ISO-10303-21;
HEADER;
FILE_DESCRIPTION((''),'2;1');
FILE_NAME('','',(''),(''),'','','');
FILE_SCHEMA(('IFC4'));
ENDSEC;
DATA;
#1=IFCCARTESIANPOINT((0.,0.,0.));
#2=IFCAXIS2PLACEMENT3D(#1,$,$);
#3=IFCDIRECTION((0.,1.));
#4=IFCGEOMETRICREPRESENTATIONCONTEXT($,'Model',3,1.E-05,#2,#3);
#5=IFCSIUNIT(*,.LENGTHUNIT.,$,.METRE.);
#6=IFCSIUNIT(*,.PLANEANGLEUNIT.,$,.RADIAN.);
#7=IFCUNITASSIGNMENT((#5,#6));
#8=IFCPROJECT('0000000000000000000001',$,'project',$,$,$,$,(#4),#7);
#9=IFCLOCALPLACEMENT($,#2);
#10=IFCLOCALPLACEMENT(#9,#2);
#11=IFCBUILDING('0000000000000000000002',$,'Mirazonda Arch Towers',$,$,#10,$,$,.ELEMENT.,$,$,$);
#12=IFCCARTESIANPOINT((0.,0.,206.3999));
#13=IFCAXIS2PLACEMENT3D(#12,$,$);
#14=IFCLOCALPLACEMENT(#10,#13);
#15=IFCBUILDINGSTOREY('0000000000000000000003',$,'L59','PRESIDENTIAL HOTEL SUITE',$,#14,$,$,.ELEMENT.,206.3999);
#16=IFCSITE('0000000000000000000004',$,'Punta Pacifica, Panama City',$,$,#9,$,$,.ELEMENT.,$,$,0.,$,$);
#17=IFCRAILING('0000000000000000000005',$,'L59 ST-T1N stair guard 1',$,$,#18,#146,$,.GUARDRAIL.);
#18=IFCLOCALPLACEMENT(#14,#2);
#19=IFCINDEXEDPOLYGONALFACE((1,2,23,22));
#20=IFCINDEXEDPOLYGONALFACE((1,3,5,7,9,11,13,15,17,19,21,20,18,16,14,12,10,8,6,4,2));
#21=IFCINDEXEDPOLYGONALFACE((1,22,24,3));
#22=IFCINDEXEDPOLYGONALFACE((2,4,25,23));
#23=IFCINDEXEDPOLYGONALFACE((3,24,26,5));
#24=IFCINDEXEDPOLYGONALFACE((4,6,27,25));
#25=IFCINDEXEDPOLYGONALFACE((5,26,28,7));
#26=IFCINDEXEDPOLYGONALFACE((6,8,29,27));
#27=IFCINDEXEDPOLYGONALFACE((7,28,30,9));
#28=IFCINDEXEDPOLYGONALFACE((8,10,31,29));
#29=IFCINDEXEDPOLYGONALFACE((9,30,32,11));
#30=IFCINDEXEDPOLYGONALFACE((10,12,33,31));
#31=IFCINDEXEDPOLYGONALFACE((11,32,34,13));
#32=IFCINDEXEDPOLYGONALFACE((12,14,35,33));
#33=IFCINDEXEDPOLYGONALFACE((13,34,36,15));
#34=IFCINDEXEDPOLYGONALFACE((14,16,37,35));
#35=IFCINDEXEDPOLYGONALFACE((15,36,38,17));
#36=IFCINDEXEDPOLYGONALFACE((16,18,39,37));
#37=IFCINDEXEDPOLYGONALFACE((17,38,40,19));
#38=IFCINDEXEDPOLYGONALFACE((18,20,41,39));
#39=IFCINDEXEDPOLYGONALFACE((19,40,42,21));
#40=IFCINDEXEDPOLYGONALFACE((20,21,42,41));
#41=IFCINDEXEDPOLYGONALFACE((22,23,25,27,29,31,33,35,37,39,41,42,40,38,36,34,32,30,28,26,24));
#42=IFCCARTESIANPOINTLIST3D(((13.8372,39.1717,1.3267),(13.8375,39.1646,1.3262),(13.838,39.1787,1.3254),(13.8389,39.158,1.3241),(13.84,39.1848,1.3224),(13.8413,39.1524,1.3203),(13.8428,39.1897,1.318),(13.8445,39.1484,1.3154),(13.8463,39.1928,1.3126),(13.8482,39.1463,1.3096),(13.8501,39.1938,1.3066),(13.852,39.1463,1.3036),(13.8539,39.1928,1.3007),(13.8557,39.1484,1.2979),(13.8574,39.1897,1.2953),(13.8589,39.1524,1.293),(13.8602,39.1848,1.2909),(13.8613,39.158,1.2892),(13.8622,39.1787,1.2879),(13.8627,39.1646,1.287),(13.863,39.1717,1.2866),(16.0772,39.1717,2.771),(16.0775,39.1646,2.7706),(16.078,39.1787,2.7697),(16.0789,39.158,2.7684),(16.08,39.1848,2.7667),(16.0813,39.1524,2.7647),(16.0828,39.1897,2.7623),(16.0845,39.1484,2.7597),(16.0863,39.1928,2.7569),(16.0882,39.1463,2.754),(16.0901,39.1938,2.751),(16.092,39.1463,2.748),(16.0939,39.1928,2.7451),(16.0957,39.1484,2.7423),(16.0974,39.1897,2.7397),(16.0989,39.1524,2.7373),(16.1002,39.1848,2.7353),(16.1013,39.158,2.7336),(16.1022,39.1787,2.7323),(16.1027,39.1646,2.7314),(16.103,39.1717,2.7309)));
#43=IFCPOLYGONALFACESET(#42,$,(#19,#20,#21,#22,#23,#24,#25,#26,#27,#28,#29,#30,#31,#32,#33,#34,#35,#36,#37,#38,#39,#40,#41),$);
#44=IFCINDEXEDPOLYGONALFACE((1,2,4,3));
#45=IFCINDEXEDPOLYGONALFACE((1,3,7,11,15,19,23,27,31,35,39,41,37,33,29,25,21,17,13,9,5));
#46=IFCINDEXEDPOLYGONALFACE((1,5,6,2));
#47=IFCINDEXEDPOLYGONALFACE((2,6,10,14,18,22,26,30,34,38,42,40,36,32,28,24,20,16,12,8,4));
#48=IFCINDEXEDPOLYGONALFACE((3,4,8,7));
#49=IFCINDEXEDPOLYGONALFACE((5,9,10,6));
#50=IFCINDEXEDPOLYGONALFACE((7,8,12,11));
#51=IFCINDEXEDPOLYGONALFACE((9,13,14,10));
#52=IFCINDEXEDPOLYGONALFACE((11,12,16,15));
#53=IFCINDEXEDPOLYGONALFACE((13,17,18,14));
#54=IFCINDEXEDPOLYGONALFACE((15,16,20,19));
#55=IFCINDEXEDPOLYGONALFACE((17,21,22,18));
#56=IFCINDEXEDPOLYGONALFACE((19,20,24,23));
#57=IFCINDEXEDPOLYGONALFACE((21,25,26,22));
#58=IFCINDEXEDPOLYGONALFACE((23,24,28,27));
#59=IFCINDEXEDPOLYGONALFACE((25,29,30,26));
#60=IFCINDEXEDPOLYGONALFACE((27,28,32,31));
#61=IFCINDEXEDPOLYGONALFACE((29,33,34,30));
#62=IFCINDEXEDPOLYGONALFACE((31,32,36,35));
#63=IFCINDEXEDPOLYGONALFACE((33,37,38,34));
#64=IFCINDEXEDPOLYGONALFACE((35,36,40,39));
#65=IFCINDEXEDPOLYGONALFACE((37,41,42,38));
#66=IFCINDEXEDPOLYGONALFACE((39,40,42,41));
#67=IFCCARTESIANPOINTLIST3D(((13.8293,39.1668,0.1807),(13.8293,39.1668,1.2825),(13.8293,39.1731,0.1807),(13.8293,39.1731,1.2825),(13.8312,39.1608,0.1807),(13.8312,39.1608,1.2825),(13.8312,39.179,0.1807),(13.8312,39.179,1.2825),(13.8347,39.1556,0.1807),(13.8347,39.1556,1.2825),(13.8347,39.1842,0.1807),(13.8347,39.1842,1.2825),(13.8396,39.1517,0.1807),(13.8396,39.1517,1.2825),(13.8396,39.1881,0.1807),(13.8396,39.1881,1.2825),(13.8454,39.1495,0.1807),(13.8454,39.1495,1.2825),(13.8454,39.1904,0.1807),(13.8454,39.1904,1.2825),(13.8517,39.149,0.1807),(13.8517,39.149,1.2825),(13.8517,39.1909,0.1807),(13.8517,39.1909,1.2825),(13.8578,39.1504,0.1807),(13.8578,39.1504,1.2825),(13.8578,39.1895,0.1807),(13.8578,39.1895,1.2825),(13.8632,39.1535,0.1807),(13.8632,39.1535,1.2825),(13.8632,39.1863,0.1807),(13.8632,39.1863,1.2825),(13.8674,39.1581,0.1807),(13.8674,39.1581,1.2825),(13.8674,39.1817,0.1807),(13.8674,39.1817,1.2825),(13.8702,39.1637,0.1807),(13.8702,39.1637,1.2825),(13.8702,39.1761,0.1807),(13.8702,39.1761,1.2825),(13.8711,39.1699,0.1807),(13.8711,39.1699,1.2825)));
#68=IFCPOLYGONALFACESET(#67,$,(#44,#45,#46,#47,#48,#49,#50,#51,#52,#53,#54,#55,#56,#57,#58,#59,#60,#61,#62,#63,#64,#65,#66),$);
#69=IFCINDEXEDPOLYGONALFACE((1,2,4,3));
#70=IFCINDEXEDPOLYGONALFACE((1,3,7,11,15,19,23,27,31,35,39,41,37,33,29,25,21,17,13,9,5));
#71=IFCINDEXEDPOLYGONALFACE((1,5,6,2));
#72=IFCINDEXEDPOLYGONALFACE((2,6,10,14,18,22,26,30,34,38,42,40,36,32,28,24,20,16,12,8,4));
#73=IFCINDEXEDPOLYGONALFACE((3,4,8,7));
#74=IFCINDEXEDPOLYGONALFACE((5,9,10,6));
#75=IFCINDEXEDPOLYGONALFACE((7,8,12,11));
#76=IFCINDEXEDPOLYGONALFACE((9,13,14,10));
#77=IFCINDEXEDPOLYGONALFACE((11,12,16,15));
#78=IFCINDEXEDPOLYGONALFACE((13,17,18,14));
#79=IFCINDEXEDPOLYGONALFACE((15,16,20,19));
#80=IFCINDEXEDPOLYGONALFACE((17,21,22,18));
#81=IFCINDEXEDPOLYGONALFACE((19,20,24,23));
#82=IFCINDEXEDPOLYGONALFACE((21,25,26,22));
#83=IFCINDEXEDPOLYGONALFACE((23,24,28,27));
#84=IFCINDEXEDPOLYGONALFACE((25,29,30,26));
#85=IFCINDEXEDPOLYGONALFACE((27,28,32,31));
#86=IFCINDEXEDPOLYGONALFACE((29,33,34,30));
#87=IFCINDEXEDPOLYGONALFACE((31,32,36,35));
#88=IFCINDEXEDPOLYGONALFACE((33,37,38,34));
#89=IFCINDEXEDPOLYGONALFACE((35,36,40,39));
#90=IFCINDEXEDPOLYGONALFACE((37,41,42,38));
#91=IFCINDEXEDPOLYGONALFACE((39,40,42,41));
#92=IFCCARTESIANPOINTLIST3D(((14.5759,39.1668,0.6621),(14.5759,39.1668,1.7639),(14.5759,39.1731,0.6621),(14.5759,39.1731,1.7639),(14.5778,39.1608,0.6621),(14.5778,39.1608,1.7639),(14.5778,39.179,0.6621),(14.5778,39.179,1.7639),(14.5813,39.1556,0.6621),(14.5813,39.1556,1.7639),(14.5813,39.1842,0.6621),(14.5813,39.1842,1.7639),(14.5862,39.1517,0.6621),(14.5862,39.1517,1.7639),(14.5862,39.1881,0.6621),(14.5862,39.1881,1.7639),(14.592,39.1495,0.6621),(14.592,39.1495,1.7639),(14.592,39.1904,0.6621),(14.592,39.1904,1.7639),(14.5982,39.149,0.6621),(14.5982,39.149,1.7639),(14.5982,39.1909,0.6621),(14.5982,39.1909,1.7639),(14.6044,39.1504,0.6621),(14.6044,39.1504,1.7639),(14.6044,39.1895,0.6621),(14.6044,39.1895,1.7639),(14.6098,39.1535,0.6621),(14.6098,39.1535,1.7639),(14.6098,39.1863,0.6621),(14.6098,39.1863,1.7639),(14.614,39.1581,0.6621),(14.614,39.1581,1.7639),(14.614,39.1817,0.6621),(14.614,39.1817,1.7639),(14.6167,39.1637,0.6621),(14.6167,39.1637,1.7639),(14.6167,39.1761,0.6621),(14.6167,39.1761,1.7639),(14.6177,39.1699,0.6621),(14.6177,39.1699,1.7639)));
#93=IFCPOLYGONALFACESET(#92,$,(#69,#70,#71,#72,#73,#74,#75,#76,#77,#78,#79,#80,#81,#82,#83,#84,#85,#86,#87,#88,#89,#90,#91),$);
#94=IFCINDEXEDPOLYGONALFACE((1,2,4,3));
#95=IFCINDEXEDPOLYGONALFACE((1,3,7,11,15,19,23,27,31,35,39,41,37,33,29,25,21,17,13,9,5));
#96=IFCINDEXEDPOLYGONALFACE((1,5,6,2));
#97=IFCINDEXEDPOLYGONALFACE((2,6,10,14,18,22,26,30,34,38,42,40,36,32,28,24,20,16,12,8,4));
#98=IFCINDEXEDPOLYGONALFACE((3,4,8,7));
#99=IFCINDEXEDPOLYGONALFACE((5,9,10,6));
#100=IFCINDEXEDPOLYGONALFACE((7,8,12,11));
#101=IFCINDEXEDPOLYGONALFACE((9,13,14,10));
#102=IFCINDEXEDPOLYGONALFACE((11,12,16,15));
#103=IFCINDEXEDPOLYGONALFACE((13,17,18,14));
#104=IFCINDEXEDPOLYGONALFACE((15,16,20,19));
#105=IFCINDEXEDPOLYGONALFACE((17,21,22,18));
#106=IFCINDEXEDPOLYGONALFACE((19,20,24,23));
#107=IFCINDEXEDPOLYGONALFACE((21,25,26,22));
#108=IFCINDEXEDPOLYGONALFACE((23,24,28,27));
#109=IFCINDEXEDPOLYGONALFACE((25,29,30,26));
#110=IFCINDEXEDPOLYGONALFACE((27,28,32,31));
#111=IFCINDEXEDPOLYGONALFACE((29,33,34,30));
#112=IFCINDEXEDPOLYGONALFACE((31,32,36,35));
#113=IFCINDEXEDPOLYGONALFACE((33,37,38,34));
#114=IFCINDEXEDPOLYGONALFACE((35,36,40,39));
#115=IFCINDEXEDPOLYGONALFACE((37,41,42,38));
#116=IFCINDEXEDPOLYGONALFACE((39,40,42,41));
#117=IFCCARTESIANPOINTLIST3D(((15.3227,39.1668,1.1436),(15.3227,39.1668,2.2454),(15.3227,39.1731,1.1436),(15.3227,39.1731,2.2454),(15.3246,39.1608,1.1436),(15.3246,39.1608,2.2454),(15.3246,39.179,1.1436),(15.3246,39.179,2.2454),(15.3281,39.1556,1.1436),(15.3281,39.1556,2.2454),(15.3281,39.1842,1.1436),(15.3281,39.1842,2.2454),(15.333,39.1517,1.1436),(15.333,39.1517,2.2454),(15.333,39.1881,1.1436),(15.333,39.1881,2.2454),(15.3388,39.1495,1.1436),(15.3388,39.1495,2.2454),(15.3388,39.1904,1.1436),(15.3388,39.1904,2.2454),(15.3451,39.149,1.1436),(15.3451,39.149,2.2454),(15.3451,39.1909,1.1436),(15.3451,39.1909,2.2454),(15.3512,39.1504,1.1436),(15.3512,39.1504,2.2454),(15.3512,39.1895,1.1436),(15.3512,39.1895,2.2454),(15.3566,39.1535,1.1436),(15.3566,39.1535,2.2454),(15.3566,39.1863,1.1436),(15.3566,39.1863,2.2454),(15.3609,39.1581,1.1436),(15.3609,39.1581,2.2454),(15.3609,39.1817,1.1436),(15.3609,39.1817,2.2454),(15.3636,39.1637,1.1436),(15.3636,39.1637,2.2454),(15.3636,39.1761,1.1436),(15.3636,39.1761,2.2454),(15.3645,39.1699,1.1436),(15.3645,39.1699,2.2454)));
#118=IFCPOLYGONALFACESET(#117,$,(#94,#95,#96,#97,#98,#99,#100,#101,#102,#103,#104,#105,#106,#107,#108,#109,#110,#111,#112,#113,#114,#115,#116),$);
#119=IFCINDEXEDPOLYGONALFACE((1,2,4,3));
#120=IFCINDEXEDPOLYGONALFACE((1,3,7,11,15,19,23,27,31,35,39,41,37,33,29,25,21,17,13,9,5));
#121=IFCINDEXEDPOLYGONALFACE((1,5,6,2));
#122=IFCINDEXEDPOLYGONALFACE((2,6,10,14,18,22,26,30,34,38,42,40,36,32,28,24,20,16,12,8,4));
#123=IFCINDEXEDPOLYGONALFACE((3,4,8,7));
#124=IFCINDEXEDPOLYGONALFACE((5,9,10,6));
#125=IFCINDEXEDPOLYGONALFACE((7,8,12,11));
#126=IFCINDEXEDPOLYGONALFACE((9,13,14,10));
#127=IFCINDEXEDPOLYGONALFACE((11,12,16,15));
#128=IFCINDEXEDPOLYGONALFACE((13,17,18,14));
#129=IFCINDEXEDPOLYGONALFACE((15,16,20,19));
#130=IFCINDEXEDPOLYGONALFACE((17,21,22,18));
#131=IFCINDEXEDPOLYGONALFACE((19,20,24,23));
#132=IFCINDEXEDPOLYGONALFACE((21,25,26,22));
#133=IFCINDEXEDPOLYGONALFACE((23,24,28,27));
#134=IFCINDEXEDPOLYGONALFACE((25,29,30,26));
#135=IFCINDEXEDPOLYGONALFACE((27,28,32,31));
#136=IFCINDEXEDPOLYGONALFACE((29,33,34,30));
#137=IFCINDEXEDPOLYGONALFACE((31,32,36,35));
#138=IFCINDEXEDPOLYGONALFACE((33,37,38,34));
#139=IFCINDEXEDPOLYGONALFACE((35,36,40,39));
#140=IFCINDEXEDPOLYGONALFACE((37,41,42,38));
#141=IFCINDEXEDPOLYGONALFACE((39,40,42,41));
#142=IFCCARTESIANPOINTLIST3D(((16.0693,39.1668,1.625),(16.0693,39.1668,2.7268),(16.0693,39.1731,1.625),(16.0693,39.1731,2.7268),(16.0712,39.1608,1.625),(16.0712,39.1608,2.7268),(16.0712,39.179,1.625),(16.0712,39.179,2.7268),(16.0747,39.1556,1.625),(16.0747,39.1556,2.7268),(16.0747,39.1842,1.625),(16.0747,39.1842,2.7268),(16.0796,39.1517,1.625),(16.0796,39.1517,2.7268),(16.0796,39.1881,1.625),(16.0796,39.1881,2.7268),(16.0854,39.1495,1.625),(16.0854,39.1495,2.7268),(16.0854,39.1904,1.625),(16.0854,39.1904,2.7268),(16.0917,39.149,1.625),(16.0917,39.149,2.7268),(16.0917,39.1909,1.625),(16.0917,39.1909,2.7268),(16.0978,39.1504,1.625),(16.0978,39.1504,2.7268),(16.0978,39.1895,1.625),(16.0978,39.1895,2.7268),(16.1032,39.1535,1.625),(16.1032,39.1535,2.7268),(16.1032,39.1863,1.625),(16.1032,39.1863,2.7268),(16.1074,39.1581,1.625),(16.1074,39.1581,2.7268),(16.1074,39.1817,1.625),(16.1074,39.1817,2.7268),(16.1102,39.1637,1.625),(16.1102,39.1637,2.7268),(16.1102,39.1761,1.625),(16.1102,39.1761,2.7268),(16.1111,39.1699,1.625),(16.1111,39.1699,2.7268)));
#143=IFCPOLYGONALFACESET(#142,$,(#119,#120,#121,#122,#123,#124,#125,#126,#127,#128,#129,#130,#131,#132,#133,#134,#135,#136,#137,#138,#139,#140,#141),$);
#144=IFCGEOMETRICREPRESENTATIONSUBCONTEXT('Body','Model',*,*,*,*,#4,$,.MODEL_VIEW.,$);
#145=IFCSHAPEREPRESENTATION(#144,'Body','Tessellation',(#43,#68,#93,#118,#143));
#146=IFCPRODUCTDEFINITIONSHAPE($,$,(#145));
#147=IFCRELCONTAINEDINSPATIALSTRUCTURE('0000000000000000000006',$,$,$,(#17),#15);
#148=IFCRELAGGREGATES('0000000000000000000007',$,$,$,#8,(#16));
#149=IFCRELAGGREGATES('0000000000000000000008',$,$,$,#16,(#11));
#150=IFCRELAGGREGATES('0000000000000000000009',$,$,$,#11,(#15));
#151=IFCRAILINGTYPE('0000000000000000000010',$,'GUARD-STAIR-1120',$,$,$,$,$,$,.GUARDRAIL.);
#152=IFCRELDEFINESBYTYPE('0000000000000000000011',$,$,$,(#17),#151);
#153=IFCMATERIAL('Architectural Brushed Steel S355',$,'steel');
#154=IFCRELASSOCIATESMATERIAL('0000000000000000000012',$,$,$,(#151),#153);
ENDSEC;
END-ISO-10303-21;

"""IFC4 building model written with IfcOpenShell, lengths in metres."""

from ifc_helpers import new_model, si_unit, direction, frame, origin, origin_2d, place, context, subcontext, project, spatial, circle, extrude, material, type_object, element, save


model = new_model("IFC4")

# Units and contexts
model_context = context("Model", 3, precision=1e-05, world=origin(), true_north=direction((0.0, 1.0)))
body_context = subcontext(model_context, "Body", "Model", "MODEL_VIEW")
ifc_project = project(units=[si_unit("LENGTHUNIT", "METRE"), si_unit("PLANEANGLEUNIT", "RADIAN")], contexts=[model_context])

# Site, building, storey
site_placement = place(None, origin())
site = spatial("IfcSite", under=ifc_project, at=site_placement, Name="Punta Pacifica, Panama City", CompositionType="ELEMENT", RefElevation=0.0)
building_placement = place(site_placement, origin())
building = spatial("IfcBuilding", under=site, at=building_placement, Name="Mirazonda Arch Towers", CompositionType="ELEMENT")
storey_placement = place(building_placement, frame((0.0, 0.0, 206.3999)))
storey = spatial("IfcBuildingStorey", under=building, at=storey_placement, Name="L59", Description="PRESIDENTIAL HOTEL SUITE", CompositionType="ELEMENT", Elevation=206.3999)

# Shared definitions
ifc_material_1 = material(Name="Architectural Brushed Steel S355", Category="steel")

# Railing
railing_type_1 = type_object("IfcRailingType", Name="GUARD-STAIR-1120", PredefinedType="GUARDRAIL", material=ifc_material_1)
railing_1_placement = place(storey_placement, frame((13.8501, 39.1699, 0.1807)))
element("IfcRailing", 1, at=railing_1_placement, inside=storey, type_object=railing_type_1, Name="L59 ST-T1N stair guard 1", PredefinedType="GUARDRAIL", context=body_context, shape_type="SweptSolid", body=[
    extrude(circle(Radius=0.0239, at=origin_2d()), frame((0.0, 0.0, 1.126), z_axis=(0.840437, 0.0, 0.54191), x_axis=(0.0, 1.0, 0.0)), (0.0, 0.0, 1.0), 2.6653),
    extrude(circle(Radius=0.021, at=origin_2d()), origin(), (0.0, 0.0, 1.0), 1.1018),
    extrude(circle(Radius=0.021, at=origin_2d()), frame((0.7466, 0.0, 0.4814)), (0.0, 0.0, 1.0), 1.1018),
    extrude(circle(Radius=0.021, at=origin_2d()), frame((1.4934, 0.0, 0.9629)), (0.0, 0.0, 1.0), 1.1018),
    extrude(circle(Radius=0.021, at=origin_2d()), frame((2.24, 0.0, 1.4443)), (0.0, 0.0, 1.0), 1.1018),
])

save(model, "model.ifc")
